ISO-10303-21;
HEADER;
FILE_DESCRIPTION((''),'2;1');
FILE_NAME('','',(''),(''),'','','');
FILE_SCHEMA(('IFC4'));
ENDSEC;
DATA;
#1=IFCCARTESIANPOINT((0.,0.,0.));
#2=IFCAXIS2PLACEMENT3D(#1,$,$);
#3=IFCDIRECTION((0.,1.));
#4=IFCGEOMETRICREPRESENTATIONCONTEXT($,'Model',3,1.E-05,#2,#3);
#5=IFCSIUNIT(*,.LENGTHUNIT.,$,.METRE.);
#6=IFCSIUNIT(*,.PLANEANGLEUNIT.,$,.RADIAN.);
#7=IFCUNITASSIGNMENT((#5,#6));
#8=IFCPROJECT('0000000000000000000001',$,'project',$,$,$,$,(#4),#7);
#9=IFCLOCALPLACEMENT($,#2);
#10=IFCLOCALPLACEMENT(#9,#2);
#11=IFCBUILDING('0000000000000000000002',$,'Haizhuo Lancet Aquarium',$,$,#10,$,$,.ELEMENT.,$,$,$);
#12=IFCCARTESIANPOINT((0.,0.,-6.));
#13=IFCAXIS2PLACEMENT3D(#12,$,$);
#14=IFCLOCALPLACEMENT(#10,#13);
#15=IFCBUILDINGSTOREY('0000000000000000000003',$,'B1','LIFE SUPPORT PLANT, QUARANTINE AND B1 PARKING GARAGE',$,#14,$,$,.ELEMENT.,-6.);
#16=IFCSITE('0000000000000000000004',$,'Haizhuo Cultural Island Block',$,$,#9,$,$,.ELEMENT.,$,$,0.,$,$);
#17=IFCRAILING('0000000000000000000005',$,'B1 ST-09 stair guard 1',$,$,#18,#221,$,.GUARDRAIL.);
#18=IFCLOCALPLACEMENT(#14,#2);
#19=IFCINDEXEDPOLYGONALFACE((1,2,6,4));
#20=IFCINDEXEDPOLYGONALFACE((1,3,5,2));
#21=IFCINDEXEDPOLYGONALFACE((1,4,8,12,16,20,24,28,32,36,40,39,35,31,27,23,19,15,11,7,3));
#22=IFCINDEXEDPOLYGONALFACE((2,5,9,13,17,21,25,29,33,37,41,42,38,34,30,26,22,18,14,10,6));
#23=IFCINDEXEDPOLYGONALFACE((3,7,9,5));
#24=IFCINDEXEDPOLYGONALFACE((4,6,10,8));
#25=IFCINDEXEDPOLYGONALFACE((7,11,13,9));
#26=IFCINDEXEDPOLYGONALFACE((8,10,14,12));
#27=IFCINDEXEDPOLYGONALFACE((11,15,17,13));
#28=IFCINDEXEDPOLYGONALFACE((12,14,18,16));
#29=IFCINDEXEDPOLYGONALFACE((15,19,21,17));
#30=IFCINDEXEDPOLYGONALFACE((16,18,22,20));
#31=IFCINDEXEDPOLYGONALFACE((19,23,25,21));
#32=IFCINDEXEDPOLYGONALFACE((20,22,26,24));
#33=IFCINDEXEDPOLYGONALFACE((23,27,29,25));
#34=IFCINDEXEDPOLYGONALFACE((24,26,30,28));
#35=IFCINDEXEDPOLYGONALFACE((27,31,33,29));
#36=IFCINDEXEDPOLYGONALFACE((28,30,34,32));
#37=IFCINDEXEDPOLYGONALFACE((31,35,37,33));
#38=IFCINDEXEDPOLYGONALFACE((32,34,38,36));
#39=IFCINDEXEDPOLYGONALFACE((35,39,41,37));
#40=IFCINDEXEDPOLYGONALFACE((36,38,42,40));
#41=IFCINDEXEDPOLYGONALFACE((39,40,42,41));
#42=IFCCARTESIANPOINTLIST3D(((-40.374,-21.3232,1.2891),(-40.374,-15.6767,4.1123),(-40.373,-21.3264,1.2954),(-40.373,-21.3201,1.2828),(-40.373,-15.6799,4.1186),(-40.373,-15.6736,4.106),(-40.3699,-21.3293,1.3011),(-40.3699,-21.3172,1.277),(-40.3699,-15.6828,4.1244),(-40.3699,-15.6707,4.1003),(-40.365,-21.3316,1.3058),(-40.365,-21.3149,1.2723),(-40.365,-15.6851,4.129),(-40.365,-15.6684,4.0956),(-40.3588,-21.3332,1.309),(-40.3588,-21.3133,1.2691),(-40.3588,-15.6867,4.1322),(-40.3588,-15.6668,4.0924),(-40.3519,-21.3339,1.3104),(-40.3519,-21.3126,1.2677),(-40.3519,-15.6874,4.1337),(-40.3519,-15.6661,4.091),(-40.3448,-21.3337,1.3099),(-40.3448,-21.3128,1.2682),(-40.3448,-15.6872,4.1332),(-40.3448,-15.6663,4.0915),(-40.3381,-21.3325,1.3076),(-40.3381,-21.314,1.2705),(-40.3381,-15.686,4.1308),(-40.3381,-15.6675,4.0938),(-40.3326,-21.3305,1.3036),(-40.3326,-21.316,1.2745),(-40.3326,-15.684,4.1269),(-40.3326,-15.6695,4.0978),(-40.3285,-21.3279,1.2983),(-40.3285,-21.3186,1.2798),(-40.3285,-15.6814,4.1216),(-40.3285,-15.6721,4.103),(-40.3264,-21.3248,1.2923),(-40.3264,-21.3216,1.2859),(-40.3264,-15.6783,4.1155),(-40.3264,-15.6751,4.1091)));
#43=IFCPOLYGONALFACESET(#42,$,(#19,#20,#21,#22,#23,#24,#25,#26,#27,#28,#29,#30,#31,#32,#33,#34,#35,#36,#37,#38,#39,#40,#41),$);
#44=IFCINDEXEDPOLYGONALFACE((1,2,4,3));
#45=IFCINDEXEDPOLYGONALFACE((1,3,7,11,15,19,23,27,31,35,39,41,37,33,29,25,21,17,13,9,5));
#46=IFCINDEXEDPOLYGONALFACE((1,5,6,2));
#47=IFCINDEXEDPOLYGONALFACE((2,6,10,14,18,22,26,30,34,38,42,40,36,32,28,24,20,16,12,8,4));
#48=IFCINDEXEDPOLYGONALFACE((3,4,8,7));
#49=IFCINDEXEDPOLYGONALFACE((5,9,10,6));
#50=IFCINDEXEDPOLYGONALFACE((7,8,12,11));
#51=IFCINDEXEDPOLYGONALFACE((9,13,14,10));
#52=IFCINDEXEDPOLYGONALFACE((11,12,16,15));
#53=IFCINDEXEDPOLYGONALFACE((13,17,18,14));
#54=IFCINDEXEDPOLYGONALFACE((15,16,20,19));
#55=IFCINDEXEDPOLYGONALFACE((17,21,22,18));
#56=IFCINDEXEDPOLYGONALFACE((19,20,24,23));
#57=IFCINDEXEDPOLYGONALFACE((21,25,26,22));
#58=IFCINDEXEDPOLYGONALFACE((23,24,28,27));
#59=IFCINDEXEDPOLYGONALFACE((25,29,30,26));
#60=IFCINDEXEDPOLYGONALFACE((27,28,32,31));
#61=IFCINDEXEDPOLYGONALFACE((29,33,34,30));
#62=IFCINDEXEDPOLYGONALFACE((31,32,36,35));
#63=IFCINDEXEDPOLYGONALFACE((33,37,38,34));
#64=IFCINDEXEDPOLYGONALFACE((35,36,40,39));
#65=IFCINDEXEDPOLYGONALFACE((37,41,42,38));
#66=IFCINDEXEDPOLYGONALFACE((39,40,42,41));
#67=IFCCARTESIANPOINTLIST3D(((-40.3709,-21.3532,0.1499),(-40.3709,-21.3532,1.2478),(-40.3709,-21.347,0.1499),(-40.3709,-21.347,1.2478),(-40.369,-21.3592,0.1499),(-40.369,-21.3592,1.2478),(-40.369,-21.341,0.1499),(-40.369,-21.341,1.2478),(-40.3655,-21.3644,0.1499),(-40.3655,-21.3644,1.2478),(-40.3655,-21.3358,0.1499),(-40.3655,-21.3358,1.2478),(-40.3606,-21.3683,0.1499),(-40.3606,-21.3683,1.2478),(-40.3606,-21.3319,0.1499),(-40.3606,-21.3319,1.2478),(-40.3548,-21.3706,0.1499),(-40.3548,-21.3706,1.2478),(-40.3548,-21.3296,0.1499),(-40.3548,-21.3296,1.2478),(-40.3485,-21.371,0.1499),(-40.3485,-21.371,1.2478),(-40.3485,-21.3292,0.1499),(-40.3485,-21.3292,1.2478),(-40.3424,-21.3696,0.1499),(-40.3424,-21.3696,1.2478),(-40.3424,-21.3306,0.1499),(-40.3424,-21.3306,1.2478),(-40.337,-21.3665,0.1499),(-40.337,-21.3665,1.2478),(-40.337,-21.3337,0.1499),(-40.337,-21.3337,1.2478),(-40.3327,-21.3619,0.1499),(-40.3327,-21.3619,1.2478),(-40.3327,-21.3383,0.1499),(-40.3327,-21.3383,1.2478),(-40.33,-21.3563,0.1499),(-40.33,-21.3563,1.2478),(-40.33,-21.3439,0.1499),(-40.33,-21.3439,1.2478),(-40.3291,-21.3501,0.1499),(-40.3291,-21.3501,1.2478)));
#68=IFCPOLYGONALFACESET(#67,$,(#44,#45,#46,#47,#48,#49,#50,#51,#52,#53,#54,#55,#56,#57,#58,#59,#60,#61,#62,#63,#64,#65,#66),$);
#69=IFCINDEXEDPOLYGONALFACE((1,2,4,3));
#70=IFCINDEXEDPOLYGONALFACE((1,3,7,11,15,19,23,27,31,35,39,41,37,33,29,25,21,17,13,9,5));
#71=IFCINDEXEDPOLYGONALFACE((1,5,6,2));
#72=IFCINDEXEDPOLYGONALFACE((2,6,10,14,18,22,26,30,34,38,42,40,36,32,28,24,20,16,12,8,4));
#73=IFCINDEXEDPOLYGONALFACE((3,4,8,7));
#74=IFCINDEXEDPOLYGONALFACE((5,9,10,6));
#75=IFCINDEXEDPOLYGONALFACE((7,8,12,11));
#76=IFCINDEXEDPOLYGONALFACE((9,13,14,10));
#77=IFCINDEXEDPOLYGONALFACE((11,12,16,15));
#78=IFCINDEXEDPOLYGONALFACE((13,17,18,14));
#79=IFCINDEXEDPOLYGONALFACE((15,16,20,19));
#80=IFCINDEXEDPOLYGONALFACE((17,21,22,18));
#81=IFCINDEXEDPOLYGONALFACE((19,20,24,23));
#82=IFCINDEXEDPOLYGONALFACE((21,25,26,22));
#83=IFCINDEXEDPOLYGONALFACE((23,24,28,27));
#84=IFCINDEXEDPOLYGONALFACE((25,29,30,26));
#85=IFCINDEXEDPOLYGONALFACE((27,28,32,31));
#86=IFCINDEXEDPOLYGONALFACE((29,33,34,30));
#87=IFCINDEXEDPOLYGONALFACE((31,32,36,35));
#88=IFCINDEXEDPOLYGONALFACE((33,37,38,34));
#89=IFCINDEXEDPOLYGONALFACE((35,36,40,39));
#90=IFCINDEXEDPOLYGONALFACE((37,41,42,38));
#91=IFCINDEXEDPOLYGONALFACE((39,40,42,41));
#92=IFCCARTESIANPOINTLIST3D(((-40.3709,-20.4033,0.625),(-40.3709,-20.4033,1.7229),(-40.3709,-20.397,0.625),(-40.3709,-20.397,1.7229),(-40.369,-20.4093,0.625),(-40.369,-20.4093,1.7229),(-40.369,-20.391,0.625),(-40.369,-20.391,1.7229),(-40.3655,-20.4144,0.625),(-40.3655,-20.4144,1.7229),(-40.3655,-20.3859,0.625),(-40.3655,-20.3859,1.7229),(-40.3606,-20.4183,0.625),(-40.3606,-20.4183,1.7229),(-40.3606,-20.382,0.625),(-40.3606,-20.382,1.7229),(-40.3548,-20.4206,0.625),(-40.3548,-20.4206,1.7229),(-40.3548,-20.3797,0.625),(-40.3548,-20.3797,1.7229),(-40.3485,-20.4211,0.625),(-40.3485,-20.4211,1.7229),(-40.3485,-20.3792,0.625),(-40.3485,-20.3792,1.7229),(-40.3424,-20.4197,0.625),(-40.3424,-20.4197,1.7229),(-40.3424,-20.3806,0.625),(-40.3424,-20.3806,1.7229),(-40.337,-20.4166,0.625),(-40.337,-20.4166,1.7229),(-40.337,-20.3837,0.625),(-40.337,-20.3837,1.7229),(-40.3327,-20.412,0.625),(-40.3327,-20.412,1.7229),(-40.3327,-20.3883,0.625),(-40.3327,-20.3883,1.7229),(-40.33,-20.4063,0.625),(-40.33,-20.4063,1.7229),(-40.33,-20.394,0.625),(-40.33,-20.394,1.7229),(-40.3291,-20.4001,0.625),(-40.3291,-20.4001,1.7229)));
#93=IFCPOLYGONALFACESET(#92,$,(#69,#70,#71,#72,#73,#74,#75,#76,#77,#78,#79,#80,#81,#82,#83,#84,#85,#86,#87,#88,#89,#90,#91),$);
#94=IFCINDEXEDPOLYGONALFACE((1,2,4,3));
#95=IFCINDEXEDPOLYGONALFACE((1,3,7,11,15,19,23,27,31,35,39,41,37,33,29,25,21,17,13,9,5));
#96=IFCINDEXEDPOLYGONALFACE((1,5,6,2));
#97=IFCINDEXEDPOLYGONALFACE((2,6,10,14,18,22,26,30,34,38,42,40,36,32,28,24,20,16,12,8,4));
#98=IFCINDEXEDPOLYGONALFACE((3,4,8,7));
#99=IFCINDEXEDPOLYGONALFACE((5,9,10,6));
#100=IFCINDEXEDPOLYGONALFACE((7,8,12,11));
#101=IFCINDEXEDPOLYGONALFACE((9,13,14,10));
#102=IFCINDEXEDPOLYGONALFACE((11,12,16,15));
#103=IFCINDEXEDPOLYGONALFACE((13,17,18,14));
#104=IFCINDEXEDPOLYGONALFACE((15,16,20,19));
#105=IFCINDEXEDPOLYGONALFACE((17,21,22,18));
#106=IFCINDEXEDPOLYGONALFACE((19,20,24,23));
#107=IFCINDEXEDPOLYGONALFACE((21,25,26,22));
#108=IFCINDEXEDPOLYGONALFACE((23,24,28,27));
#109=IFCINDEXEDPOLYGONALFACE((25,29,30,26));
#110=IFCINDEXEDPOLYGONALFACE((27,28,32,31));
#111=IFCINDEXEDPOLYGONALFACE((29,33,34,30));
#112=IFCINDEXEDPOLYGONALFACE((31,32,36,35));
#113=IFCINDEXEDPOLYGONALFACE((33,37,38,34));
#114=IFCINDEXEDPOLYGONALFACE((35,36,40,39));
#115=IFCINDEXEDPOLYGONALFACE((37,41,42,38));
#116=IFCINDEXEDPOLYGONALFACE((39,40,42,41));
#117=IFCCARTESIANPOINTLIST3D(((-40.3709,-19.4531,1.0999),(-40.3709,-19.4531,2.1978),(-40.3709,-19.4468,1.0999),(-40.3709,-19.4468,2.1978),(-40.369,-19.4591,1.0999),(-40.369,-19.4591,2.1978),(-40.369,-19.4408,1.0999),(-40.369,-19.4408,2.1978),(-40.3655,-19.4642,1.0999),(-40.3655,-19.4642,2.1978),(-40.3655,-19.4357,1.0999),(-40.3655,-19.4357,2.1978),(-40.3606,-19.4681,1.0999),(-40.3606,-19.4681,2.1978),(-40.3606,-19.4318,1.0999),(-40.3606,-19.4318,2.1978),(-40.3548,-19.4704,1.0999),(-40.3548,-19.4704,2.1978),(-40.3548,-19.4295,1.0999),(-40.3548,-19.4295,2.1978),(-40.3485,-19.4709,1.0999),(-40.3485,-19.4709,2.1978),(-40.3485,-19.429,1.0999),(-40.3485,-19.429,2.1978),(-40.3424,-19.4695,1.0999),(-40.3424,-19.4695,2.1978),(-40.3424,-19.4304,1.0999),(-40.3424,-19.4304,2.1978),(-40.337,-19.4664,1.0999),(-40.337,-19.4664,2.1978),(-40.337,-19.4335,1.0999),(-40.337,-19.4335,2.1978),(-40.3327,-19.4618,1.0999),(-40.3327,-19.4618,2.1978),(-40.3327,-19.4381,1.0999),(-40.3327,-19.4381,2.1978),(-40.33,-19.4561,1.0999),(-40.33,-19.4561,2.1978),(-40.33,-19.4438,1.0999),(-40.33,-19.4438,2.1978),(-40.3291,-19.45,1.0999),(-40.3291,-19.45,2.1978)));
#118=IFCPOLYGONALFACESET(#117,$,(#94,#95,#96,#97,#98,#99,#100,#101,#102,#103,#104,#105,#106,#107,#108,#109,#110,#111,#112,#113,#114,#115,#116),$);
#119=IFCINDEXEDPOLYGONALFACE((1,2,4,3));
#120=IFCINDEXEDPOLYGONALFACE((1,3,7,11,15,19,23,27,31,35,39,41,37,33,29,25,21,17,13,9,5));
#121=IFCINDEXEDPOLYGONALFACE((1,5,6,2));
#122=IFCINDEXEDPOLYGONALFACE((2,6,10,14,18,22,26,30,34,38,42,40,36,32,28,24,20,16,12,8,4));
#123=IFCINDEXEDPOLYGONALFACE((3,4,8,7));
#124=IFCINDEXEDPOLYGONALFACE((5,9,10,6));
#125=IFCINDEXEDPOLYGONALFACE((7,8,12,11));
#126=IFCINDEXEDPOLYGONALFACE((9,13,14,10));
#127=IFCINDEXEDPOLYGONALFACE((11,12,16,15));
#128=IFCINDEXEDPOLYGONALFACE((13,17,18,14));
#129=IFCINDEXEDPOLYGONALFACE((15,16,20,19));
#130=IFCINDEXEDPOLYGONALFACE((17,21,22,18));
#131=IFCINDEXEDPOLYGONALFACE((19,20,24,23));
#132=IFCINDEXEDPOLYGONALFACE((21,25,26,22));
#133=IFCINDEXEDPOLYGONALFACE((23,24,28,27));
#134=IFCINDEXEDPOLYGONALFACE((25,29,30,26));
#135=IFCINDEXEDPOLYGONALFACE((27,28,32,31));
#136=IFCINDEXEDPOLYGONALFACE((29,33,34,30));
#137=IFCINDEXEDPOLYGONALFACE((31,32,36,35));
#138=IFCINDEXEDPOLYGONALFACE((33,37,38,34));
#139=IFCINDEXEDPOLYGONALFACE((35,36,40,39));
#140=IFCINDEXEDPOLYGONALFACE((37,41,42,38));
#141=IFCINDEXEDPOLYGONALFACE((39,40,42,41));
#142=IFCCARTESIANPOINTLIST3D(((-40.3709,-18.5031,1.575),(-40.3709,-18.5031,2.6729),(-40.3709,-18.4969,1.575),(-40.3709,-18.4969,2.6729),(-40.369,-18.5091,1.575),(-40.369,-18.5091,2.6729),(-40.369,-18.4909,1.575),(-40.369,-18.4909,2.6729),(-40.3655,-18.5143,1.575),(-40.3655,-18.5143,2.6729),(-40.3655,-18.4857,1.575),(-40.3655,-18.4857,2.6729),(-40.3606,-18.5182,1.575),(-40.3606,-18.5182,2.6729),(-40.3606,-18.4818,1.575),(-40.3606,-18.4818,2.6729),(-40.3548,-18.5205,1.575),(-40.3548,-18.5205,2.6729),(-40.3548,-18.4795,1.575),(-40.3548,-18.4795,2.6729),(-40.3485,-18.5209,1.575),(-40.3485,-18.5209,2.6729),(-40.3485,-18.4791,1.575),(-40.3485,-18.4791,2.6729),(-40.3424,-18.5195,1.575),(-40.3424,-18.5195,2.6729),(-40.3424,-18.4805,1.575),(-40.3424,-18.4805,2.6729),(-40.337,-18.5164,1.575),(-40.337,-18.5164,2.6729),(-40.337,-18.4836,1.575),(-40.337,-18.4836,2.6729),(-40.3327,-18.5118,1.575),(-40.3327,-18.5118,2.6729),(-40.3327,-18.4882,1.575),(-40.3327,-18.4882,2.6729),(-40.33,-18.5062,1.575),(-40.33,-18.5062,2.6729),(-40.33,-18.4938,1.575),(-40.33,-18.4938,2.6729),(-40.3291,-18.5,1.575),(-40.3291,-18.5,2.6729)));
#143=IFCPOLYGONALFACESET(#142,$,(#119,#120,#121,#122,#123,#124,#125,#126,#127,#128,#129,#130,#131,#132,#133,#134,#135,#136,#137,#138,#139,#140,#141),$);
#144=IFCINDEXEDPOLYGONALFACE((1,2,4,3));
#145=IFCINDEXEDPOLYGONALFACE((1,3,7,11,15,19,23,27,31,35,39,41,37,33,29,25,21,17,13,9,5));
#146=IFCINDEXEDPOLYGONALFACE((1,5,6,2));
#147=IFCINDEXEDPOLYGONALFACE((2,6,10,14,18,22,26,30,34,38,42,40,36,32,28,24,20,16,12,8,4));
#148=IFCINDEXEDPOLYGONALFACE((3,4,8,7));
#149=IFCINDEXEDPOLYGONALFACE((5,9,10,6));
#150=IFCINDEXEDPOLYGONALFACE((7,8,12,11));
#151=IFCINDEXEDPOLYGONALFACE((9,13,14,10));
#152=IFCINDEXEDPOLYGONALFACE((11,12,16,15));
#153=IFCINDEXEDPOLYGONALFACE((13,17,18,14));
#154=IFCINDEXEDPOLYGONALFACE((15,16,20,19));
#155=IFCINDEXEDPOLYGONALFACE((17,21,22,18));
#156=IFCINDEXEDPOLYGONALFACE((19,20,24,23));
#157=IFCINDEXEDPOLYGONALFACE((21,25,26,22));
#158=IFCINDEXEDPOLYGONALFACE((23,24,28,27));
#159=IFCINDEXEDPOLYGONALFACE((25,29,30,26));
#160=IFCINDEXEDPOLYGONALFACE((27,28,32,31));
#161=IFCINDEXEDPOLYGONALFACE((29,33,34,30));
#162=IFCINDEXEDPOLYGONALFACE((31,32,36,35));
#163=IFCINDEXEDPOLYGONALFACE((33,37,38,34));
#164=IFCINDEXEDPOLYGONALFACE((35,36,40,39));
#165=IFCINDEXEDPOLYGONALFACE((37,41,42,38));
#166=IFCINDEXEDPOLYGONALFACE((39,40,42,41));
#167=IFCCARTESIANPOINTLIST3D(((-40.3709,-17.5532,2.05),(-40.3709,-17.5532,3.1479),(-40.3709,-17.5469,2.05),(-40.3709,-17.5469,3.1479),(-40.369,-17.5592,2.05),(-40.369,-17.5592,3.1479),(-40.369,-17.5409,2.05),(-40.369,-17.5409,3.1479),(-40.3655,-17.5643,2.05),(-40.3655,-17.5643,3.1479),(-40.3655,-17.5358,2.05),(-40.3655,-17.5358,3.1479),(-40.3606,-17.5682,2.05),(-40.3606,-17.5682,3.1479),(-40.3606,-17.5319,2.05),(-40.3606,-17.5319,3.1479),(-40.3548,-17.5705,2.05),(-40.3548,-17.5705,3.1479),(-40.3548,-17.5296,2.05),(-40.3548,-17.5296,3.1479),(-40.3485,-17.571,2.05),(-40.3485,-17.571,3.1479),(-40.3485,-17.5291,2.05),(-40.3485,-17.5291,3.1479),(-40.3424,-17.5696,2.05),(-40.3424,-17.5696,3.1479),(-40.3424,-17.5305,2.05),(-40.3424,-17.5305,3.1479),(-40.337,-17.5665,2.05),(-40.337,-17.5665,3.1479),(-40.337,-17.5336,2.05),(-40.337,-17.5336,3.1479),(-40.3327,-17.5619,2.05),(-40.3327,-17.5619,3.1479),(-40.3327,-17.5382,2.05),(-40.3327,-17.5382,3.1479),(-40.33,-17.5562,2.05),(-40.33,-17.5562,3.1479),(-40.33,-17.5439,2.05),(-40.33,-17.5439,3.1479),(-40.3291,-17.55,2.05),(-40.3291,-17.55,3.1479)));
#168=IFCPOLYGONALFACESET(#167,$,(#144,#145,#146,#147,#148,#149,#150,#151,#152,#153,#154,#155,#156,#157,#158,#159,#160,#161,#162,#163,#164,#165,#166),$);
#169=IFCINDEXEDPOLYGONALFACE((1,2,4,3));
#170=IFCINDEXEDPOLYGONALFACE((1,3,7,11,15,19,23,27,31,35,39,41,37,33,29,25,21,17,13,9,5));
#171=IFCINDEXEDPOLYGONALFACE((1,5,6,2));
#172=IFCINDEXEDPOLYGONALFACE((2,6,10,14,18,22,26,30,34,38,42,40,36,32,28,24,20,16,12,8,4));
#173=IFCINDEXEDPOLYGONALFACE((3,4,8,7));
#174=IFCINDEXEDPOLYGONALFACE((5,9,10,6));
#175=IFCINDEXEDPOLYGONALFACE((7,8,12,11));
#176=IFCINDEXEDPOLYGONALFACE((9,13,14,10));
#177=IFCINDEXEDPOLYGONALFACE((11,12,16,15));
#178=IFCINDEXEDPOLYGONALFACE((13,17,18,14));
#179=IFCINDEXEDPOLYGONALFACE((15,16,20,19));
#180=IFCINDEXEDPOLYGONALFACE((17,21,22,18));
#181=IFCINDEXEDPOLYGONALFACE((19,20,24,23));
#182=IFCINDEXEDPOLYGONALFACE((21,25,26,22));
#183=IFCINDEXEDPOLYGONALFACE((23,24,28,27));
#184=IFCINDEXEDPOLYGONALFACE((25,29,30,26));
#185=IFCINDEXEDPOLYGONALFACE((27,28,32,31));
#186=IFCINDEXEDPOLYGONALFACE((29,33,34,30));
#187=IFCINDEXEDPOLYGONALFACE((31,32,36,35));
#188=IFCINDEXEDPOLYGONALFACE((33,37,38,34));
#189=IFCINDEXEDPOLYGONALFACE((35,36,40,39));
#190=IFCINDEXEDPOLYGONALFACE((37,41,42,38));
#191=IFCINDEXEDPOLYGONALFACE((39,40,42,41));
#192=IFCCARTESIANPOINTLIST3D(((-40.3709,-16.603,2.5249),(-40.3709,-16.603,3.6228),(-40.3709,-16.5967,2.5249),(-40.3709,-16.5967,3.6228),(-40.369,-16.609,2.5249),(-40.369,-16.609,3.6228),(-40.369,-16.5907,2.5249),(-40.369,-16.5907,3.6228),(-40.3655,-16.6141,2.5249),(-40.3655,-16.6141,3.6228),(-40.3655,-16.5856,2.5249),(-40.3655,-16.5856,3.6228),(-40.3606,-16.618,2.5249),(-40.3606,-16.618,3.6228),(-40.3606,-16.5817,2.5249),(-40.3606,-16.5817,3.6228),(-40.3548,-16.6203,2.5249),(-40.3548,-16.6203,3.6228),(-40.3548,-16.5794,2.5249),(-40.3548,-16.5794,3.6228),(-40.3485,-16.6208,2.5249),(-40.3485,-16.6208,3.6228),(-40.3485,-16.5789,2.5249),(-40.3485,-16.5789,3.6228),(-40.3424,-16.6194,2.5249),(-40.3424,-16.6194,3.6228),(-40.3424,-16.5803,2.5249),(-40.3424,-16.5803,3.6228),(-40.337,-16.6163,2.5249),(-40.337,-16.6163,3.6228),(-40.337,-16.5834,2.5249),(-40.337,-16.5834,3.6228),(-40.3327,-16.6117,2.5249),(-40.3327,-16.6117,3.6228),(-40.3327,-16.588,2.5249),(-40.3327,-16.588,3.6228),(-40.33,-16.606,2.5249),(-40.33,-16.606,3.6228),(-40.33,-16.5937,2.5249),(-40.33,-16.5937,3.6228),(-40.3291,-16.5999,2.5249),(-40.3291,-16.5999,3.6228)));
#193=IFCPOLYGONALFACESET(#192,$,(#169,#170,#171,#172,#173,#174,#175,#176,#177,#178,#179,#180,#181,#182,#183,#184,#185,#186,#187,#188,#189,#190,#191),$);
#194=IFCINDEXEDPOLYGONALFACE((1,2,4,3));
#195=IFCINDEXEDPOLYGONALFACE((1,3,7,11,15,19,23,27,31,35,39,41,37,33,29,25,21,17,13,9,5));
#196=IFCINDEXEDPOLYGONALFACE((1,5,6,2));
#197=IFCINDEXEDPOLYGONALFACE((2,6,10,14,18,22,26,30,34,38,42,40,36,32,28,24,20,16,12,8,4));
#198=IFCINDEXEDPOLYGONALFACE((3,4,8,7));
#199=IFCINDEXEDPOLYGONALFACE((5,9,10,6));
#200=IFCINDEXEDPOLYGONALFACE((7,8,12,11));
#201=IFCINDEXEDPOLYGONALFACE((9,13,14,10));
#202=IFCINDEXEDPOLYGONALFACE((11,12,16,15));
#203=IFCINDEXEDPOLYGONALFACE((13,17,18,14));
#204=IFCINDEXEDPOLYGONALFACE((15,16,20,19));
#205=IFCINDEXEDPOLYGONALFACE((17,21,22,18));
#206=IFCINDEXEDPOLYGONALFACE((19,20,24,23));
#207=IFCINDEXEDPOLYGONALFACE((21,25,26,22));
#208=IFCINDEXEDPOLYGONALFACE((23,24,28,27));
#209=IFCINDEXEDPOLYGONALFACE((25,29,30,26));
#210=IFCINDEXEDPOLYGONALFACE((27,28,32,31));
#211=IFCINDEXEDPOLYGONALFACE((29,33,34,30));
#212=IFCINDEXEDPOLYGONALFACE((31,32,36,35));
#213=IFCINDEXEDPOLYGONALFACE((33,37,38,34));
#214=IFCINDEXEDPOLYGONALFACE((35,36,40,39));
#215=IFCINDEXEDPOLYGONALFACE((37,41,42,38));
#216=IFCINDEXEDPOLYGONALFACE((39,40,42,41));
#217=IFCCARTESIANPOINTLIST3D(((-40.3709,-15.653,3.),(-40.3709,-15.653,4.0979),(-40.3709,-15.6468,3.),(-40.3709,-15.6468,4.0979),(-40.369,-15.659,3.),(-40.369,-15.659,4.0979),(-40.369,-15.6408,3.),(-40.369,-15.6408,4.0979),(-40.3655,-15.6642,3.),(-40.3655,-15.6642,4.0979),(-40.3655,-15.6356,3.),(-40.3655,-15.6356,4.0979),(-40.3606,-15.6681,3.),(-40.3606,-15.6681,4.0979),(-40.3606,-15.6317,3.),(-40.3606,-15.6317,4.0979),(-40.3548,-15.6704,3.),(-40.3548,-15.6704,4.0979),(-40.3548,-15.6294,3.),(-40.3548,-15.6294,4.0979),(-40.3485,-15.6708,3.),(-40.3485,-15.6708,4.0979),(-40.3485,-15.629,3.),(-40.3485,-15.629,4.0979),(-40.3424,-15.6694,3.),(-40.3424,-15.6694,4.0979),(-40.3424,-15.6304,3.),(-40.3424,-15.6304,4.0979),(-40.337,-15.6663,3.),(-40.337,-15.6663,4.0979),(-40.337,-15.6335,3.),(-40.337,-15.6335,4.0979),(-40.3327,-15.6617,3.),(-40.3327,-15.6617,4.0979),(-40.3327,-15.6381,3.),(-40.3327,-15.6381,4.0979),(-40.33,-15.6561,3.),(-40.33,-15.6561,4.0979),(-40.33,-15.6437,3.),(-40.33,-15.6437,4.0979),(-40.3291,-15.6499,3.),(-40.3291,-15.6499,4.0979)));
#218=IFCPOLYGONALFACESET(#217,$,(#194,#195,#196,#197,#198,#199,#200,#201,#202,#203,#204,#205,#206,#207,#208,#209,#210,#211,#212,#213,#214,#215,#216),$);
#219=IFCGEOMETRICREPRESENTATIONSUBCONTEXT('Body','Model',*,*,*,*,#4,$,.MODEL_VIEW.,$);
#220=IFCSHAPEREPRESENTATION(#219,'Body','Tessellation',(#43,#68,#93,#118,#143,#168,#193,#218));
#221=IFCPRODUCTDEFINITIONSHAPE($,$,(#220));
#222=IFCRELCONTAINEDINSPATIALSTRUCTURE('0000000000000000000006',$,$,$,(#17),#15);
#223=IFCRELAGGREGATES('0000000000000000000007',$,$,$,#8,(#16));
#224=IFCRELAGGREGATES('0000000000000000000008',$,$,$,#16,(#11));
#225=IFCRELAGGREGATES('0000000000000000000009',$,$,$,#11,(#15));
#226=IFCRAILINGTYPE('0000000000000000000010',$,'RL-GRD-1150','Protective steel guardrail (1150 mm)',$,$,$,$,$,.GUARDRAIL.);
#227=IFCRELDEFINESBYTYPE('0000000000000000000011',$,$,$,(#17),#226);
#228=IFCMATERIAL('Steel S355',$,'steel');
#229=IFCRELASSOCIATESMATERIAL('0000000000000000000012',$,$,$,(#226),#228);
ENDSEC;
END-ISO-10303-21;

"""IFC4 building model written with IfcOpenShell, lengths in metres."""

from ifc_helpers import new_model, si_unit, direction, frame, origin, origin_2d, place, context, subcontext, project, spatial, circle, extrude, material, type_object, element, save


model = new_model("IFC4")

# Units and contexts
model_context = context("Model", 3, precision=1e-05, world=origin(), true_north=direction((0.0, 1.0)))
body_context = subcontext(model_context, "Body", "Model", "MODEL_VIEW")
ifc_project = project(units=[si_unit("LENGTHUNIT", "METRE"), si_unit("PLANEANGLEUNIT", "RADIAN")], contexts=[model_context])

# Site, building, storey
site_placement = place(None, origin())
site = spatial("IfcSite", under=ifc_project, at=site_placement, Name="Haizhuo Cultural Island Block", CompositionType="ELEMENT", RefElevation=0.0)
building_placement = place(site_placement, origin())
building = spatial("IfcBuilding", under=site, at=building_placement, Name="Haizhuo Lancet Aquarium", CompositionType="ELEMENT")
storey_placement = place(building_placement, frame((0.0, 0.0, -6.0)))
storey = spatial("IfcBuildingStorey", under=building, at=storey_placement, Name="B1", Description="LIFE SUPPORT PLANT, QUARANTINE AND B1 PARKING GARAGE", CompositionType="ELEMENT", Elevation=-6.0)

# Shared definitions
ifc_material_1 = material(Name="Steel S355", Category="steel")

# Railing
railing_type = type_object("IfcRailingType", Name="RL-GRD-1150", Description="Protective steel guardrail (1150 mm)", PredefinedType="GUARDRAIL", material=ifc_material_1)
railing_1_placement = place(storey_placement, frame((-40.3501, -21.3501, 0.1499)))
element("IfcRailing", 1, at=railing_1_placement, inside=storey, type_object=railing_type, Name="B1 ST-09 stair guard 1", PredefinedType="GUARDRAIL", context=body_context, shape_type="SweptSolid", body=[
    extrude(circle(Radius=0.0239, at=origin_2d()), frame((0.0, 0.0269, 1.1392), z_axis=(0.0, 0.894427, 0.447214), x_axis=(-1.0, 0.0, 0.0)), (0.0, 0.0, 1.0), 6.313),
    extrude(circle(Radius=0.021, at=origin_2d()), origin(), (0.0, 0.0, 1.0), 1.0979),
    extrude(circle(Radius=0.021, at=origin_2d()), frame((0.0, 0.95, 0.4751)), (0.0, 0.0, 1.0), 1.0979),
    extrude(circle(Radius=0.021, at=origin_2d()), frame((0.0, 1.9001, 0.95)), (0.0, 0.0, 1.0), 1.0979),
    extrude(circle(Radius=0.021, at=origin_2d()), frame((0.0, 2.8501, 1.425)), (0.0, 0.0, 1.0), 1.0979),
    extrude(circle(Radius=0.021, at=origin_2d()), frame((0.0, 3.8, 1.9001)), (0.0, 0.0, 1.0), 1.0979),
    extrude(circle(Radius=0.021, at=origin_2d()), frame((0.0, 4.7502, 2.375)), (0.0, 0.0, 1.0), 1.0979),
    extrude(circle(Radius=0.021, at=origin_2d()), frame((0.0, 5.7002, 2.8501)), (0.0, 0.0, 1.0), 1.0979),
])

save(model, "model.ifc")
